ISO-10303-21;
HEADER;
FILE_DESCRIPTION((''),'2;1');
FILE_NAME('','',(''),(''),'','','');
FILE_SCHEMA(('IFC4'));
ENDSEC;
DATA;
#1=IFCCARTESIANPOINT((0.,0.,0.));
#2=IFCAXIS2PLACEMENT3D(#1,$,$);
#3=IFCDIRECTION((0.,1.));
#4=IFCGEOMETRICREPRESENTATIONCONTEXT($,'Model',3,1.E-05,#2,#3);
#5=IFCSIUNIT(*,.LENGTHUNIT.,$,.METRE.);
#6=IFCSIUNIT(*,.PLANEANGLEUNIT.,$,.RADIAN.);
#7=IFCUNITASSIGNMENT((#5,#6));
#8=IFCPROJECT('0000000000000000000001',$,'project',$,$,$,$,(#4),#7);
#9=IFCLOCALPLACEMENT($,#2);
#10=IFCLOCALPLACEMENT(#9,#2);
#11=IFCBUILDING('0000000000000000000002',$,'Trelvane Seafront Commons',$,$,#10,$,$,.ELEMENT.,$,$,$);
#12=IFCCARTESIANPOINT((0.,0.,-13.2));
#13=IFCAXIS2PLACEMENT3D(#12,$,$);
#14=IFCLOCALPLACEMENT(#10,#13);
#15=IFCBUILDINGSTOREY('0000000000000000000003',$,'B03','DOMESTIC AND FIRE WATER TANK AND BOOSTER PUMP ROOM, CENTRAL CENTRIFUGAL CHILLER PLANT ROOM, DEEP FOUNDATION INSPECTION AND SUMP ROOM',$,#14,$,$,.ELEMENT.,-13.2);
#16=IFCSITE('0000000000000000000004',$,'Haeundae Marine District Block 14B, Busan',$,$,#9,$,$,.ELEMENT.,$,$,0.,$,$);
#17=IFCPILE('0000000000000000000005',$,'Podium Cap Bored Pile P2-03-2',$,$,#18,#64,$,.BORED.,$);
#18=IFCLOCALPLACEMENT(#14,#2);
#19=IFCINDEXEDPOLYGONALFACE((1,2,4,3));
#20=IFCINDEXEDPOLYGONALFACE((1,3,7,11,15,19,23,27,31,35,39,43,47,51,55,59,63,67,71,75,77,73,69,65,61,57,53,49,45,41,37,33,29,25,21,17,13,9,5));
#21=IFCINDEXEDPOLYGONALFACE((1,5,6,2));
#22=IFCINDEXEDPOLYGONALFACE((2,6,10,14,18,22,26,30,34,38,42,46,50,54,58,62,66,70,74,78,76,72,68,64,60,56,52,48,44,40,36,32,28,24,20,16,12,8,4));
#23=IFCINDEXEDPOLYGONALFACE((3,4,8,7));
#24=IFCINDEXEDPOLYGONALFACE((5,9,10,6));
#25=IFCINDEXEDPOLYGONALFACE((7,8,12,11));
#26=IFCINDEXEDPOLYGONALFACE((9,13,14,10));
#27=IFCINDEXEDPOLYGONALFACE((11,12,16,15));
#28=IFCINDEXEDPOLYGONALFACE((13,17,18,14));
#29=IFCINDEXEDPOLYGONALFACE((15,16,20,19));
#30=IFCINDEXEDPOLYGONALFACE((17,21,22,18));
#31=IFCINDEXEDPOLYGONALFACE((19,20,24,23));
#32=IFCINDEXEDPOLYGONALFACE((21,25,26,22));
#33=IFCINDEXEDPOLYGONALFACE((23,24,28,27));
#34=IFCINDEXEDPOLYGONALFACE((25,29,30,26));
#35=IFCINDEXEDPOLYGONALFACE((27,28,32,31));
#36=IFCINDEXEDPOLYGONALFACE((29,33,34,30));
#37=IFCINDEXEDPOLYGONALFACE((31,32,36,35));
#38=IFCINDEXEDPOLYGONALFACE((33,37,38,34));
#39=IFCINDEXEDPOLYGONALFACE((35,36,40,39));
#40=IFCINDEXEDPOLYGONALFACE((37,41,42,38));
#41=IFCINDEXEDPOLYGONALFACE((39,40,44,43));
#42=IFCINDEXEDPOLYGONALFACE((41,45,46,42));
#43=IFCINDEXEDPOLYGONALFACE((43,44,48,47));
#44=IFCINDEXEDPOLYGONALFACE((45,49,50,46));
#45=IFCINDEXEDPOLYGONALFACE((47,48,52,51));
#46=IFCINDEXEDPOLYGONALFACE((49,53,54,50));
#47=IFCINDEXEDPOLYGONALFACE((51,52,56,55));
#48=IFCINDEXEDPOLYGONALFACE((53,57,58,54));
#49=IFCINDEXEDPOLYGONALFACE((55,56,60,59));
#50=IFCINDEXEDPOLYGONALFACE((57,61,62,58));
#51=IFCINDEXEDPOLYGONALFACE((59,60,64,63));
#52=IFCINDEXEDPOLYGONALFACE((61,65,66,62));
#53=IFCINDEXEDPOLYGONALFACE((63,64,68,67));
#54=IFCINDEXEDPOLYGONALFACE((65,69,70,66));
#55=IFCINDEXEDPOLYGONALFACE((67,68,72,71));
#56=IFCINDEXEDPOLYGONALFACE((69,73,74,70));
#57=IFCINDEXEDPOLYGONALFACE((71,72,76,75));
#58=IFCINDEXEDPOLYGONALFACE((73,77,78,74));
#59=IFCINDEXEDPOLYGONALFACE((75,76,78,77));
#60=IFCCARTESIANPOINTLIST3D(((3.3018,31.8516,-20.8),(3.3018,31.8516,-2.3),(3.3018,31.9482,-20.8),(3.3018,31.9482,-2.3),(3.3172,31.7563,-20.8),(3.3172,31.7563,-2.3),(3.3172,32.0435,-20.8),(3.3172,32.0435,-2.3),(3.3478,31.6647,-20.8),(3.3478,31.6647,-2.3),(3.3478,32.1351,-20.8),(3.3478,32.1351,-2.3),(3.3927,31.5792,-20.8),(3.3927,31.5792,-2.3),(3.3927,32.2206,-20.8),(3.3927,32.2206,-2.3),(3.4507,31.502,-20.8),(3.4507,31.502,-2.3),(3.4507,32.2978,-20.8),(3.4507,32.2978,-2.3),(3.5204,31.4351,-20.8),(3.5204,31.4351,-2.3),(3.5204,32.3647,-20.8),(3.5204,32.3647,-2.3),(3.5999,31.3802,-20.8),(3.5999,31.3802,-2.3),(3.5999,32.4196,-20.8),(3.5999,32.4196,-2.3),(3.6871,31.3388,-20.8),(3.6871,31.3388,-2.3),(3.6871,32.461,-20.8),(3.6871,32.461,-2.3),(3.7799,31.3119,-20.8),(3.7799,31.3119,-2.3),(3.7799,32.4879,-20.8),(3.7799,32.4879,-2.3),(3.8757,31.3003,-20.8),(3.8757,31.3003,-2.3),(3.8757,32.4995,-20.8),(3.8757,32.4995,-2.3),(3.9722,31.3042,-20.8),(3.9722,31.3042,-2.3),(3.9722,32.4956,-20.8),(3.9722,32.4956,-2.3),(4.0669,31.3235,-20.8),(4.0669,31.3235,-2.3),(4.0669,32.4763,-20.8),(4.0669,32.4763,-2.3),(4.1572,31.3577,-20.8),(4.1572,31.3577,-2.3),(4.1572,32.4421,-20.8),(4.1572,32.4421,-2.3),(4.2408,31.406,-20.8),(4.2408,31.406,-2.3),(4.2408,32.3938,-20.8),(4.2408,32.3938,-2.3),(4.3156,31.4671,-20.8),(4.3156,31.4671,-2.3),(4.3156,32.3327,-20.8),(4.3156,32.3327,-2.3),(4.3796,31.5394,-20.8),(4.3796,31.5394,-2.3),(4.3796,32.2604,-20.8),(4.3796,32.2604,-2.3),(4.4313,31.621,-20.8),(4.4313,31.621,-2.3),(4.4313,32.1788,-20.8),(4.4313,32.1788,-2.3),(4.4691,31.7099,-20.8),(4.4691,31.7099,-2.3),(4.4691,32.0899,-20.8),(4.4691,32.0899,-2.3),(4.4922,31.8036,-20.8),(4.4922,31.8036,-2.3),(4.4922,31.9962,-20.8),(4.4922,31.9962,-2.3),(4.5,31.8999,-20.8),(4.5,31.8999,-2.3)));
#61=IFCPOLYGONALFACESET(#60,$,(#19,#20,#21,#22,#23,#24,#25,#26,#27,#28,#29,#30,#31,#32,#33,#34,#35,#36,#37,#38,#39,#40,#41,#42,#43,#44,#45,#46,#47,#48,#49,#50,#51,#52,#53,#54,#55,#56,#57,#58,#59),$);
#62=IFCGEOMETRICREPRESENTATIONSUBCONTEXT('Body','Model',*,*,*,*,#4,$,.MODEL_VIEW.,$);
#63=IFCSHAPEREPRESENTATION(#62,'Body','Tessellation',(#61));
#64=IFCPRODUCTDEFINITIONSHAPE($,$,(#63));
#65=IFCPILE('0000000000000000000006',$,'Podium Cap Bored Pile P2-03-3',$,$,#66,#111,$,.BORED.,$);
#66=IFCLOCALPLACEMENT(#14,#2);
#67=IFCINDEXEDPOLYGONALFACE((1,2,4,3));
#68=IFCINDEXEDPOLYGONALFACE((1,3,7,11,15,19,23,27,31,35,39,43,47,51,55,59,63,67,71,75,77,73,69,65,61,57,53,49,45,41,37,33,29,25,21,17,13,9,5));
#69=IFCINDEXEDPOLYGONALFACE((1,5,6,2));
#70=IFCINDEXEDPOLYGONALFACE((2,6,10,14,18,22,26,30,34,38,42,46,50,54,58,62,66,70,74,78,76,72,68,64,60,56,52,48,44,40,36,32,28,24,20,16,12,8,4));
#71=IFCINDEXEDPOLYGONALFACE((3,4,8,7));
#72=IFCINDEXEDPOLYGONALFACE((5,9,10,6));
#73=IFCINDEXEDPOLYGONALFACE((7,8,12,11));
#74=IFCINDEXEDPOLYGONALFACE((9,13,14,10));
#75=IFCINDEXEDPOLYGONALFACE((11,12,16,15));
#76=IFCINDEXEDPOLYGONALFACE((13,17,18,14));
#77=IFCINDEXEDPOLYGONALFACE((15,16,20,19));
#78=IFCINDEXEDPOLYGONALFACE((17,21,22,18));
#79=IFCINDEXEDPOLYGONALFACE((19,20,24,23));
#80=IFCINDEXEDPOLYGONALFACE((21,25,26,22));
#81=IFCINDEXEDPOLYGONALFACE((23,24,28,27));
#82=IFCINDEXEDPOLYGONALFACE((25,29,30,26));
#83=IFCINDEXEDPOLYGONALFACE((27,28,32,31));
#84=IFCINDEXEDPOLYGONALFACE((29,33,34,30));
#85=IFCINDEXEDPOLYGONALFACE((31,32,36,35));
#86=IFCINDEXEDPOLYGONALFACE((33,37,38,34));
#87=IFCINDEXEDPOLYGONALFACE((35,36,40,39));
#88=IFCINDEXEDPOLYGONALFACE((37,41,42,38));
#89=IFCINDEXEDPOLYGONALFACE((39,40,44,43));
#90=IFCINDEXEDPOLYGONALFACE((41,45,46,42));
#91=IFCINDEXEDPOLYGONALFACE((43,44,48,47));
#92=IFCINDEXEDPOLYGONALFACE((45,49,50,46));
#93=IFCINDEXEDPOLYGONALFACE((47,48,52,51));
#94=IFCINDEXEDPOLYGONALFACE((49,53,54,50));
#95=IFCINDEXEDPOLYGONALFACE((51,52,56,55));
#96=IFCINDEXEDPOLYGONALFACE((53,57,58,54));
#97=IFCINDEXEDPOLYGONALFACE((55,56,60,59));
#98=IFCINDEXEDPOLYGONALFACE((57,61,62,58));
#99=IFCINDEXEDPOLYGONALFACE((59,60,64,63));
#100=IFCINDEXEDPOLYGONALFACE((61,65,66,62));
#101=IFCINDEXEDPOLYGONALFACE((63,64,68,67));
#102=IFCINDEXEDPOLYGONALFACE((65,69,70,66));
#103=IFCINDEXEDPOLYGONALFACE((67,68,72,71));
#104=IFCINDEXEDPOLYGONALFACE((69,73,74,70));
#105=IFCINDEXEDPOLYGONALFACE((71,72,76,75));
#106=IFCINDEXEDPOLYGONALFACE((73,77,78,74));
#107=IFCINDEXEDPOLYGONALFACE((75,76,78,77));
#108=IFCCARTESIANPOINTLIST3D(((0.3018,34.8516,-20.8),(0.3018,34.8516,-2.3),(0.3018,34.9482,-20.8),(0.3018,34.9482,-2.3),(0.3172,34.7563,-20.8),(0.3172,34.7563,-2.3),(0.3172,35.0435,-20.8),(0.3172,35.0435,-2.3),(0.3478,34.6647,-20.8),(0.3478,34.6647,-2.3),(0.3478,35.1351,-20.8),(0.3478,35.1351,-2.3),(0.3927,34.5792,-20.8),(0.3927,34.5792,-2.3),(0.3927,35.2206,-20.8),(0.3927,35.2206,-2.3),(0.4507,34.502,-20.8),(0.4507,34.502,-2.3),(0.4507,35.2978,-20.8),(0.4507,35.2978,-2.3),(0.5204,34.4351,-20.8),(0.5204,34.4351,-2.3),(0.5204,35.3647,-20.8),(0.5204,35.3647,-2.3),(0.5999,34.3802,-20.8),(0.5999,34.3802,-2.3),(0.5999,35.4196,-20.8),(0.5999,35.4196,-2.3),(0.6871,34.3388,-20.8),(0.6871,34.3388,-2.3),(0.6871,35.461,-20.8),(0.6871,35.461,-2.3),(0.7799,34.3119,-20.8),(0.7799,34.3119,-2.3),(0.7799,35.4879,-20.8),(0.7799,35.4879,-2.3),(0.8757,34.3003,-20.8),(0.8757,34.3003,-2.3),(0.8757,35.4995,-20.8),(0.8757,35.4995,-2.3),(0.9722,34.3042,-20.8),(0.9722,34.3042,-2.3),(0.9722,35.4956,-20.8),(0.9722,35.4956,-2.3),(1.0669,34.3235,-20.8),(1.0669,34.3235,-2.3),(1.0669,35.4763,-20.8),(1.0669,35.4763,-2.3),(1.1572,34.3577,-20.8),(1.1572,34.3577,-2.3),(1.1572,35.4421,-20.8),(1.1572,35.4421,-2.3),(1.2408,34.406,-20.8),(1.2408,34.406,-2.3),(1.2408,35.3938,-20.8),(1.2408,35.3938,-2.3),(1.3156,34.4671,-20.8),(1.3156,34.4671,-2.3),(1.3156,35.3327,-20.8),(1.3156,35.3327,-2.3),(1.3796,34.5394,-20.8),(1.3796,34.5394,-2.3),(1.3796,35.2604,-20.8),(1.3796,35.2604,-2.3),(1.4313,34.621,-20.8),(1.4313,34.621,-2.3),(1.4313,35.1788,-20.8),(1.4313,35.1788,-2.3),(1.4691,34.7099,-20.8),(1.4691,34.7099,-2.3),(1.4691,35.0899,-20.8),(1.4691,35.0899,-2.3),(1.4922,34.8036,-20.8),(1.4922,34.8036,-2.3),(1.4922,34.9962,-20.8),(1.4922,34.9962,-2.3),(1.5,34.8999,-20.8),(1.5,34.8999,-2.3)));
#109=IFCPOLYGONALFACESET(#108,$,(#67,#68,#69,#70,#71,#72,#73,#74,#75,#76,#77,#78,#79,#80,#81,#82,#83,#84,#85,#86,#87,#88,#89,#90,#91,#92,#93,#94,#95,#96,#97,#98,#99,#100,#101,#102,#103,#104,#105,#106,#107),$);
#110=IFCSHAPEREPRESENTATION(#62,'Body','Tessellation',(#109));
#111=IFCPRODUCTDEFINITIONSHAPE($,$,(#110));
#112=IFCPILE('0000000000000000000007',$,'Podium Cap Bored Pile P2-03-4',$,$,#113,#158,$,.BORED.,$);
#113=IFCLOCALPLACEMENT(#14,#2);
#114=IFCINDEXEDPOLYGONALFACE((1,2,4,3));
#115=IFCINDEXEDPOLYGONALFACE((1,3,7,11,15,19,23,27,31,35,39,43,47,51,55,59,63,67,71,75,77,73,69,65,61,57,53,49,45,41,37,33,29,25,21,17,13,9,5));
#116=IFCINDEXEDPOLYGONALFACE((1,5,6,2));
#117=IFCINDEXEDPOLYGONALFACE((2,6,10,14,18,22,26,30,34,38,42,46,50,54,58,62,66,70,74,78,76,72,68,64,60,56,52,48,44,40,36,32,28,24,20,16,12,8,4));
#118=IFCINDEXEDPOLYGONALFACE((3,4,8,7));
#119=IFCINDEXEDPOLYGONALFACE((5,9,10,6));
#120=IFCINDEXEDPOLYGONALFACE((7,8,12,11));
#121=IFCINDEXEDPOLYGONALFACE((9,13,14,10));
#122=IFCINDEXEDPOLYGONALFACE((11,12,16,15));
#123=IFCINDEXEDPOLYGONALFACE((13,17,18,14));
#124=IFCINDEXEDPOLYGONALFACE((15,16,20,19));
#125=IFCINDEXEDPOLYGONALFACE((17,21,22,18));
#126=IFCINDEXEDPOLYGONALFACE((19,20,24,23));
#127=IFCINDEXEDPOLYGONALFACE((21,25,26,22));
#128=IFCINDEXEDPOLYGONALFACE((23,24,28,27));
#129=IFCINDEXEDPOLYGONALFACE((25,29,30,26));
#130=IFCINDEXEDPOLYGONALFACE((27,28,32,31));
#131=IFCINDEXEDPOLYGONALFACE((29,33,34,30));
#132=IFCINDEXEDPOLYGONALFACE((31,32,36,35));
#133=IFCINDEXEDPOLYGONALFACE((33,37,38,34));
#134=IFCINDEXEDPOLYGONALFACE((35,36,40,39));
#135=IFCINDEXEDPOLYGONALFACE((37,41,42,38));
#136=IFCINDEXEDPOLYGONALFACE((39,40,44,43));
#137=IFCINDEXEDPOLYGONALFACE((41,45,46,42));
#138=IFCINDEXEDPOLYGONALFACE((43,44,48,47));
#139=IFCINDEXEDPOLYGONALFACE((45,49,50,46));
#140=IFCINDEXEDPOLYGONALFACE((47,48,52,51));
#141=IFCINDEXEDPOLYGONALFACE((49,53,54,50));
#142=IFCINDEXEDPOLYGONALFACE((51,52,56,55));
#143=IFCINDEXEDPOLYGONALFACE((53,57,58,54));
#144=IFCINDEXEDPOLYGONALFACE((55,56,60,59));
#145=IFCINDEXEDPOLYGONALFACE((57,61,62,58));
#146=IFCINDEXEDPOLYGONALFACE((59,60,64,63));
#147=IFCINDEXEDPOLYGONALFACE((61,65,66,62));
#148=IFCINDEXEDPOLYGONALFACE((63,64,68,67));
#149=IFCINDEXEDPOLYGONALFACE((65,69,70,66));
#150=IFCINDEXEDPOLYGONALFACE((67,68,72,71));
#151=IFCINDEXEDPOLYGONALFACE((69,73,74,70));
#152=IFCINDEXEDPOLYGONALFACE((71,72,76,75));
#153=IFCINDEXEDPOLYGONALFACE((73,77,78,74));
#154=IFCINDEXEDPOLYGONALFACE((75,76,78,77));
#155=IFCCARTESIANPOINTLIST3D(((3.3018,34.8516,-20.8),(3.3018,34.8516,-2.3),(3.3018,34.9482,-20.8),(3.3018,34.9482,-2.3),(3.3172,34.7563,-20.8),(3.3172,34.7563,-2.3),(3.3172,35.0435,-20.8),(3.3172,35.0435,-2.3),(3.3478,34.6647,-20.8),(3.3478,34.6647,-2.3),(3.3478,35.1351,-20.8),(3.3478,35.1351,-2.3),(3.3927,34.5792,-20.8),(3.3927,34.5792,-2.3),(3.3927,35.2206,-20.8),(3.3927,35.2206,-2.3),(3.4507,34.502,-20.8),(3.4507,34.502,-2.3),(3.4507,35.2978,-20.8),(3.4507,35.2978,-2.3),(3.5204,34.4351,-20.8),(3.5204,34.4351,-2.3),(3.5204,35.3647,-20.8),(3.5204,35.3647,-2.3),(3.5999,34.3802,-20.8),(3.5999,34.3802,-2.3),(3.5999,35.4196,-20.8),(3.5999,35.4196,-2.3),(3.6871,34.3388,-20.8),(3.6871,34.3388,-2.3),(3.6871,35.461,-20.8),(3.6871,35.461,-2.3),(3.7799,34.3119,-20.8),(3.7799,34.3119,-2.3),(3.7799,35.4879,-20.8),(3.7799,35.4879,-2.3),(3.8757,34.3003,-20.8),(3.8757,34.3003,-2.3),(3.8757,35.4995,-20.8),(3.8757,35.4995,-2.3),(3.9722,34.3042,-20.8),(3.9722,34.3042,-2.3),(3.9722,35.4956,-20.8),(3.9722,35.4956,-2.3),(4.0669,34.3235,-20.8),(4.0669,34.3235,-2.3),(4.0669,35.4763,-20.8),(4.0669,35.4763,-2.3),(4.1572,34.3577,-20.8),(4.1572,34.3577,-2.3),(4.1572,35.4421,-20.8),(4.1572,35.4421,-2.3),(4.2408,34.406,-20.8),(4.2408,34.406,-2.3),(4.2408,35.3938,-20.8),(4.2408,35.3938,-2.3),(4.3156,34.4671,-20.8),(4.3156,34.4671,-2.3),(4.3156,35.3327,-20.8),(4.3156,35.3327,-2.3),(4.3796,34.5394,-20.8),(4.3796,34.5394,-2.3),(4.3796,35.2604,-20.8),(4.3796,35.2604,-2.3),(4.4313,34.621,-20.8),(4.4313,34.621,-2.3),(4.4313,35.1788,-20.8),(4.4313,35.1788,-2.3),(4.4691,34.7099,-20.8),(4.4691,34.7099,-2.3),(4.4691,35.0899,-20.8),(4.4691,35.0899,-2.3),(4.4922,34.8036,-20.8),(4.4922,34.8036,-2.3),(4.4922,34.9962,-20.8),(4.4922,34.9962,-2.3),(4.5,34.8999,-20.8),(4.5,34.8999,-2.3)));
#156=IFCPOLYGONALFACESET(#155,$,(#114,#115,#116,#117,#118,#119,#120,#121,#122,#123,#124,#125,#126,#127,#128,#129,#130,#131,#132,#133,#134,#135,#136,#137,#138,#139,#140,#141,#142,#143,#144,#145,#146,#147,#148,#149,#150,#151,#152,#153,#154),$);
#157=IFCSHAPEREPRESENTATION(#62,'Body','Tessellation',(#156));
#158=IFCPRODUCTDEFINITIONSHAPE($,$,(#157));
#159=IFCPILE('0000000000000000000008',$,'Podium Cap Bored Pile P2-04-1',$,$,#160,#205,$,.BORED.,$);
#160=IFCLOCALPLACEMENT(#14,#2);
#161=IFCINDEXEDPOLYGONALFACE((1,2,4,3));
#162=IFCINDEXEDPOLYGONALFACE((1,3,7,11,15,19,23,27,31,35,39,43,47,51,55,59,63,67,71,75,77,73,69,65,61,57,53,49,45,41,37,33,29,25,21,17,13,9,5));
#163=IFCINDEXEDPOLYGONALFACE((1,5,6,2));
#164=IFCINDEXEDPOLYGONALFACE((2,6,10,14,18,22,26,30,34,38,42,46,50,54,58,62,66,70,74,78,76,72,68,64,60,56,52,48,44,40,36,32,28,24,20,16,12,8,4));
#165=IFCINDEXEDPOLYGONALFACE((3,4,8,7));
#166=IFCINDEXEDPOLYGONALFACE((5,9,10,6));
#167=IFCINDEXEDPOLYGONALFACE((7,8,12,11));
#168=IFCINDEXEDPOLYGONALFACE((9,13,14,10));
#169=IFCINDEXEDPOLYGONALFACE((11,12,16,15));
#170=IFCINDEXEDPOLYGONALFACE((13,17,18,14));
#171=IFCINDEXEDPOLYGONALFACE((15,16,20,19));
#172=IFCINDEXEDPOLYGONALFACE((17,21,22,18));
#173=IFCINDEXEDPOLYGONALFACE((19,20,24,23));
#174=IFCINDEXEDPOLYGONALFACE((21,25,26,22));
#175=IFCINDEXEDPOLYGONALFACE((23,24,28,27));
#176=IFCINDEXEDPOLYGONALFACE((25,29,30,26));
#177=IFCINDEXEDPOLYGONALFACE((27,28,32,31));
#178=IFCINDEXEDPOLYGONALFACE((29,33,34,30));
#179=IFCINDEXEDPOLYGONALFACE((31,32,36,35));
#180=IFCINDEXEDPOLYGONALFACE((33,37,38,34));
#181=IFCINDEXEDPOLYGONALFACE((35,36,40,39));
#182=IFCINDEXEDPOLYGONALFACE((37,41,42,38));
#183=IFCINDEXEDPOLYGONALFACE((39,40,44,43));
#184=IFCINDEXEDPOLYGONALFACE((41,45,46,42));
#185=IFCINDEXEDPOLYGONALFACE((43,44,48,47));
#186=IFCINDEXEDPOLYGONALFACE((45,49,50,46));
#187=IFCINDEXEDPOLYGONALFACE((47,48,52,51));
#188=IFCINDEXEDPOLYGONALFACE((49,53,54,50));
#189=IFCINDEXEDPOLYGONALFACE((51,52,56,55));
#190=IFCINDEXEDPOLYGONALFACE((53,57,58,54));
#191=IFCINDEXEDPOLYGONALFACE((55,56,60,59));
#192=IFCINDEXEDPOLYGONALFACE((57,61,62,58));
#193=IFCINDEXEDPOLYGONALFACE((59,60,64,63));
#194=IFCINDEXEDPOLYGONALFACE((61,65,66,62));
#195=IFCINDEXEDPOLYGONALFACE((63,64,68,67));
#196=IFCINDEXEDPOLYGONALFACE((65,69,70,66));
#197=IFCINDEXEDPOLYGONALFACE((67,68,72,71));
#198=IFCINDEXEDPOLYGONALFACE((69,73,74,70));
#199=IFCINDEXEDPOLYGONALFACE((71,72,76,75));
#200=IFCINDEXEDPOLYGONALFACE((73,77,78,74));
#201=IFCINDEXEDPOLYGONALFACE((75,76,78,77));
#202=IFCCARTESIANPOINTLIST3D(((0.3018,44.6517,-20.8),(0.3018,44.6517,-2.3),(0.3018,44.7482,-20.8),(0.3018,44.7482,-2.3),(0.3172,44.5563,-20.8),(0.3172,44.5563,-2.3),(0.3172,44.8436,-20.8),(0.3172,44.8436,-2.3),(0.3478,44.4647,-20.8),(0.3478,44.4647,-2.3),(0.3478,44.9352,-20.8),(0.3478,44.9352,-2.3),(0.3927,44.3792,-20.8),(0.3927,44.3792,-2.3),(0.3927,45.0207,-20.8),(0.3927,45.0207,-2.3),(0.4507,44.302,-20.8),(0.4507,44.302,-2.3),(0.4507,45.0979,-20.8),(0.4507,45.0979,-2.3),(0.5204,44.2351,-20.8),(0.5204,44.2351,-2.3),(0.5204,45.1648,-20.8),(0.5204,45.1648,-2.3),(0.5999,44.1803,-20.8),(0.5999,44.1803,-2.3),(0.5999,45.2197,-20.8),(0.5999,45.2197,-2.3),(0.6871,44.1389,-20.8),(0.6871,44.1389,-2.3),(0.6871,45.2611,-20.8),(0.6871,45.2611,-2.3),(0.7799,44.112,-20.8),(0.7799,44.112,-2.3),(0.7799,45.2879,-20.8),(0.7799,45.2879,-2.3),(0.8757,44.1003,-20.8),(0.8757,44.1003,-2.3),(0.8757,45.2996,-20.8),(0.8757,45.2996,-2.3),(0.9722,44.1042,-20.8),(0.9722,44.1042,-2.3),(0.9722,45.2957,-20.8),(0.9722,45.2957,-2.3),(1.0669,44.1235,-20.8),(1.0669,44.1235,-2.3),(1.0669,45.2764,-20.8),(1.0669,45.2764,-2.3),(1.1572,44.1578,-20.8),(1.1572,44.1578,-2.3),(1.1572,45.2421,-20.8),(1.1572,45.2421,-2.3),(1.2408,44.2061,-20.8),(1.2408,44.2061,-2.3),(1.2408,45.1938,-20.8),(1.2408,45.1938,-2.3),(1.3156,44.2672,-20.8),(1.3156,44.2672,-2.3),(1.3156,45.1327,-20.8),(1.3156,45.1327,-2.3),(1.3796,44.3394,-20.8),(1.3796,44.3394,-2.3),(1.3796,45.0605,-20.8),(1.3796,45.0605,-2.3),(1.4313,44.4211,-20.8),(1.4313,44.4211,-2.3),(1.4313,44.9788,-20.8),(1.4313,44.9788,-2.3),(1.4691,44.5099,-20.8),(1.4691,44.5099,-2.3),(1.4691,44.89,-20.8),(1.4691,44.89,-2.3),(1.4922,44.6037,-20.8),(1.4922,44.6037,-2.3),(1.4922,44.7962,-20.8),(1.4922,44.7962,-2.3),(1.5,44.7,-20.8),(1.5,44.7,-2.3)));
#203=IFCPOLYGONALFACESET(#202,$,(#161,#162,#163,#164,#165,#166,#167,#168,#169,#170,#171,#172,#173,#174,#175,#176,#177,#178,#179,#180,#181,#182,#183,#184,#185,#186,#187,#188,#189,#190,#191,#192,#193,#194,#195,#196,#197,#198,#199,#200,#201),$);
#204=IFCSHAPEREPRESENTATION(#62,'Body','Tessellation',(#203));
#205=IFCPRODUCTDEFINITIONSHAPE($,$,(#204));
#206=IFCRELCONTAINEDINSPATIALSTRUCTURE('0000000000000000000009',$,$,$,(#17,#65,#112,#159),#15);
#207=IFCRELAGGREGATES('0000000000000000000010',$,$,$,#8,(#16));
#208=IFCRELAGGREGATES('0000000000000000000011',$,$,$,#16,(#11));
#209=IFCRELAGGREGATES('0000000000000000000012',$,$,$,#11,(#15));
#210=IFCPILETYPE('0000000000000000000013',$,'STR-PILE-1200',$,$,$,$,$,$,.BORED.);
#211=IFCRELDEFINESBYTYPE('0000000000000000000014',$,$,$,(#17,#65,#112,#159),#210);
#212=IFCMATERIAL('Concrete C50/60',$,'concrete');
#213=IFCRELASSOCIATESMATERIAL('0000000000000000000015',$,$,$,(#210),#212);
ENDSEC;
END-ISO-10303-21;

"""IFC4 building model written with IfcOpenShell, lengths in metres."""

from ifc_helpers import new_model, si_unit, direction, frame, origin, origin_2d, place, context, subcontext, project, spatial, circle, extrude, source, transform, mapped, material, material_profile, profile_set, type_object, element, save


model = new_model("IFC4")

# Units and contexts
model_context = context("Model", 3, precision=1e-05, world=origin(), true_north=direction((0.0, 1.0)))
body_context = subcontext(model_context, "Body", "Model", "MODEL_VIEW")
ifc_project = project(units=[si_unit("LENGTHUNIT", "METRE"), si_unit("PLANEANGLEUNIT", "RADIAN")], contexts=[model_context])

# Site, building, storey
site_placement = place(None, origin())
site = spatial("IfcSite", under=ifc_project, at=site_placement, Name="Haeundae Marine District Block 14B, Busan", CompositionType="ELEMENT", RefElevation=0.0)
building_placement = place(site_placement, origin())
building = spatial("IfcBuilding", under=site, at=building_placement, Name="Trelvane Seafront Commons", CompositionType="ELEMENT")
storey_placement = place(building_placement, frame((0.0, 0.0, -13.2)))
storey = spatial("IfcBuildingStorey", under=building, at=storey_placement, Name="B03", Description="DOMESTIC AND FIRE WATER TANK AND BOOSTER PUMP ROOM, CENTRAL CENTRIFUGAL CHILLER PLANT ROOM, DEEP FOUNDATION INSPECTION AND SUMP ROOM", CompositionType="ELEMENT", Elevation=-13.2)

# Piles
ifc_material_1 = material(Name="Concrete C50/60", Category="concrete")
ifc_material_profile_1 = material_profile(ifc_material_1, circle(Radius=0.6001, at=origin_2d()), Name="PILE-1200")
ifc_profile_set_1 = profile_set([ifc_material_profile_1], Name="Concrete C50/60")
pile_type_1 = type_object("IfcPileType", Name="STR-PILE-1200", PredefinedType="BORED", material=ifc_profile_set_1)
shared_shape_1 = source(origin(), body_context, "Body", "SweptSolid", [
    extrude(circle(Radius=0.6001, at=origin_2d()), origin(), (0.0, 0.0, 1.0), 18.5),
])
for number, where, z_axis, x_axis, name in (
    (1, (3.8999, 31.8999, -2.3), (0.0, 0.0, -1.0), (1.0, 0.0, 0.0), "Podium Cap Bored Pile P2-03-2"),
    (2, (0.8999, 34.8999, -2.3), (0.0, 0.0, -1.0), (1.0, 0.0, 0.0), "Podium Cap Bored Pile P2-03-3"),
    (3, (3.8999, 34.8999, -2.3), (0.0, 0.0, -1.0), (1.0, 0.0, 0.0), "Podium Cap Bored Pile P2-03-4"),
    (4, (0.8999, 44.7, -2.3), (0.0, 0.0, -1.0), (1.0, 0.0, 0.0), "Podium Cap Bored Pile P2-04-1"),
):
    element("IfcPile", number, at=place(storey_placement, frame(where, z_axis=z_axis, x_axis=x_axis)), inside=storey, type_object=pile_type_1, Name=name, PredefinedType="BORED", context=body_context, shape_type="MappedRepresentation", body=[
        mapped(shared_shape_1, transform((0.0, 0.0, 0.0), x_axis=(1.0, 0.0, 0.0), y_axis=(0.0, 1.0, 0.0), z_axis=(0.0, 0.0, 1.0), scale=1.0)),
    ])

save(model, "model.ifc")
